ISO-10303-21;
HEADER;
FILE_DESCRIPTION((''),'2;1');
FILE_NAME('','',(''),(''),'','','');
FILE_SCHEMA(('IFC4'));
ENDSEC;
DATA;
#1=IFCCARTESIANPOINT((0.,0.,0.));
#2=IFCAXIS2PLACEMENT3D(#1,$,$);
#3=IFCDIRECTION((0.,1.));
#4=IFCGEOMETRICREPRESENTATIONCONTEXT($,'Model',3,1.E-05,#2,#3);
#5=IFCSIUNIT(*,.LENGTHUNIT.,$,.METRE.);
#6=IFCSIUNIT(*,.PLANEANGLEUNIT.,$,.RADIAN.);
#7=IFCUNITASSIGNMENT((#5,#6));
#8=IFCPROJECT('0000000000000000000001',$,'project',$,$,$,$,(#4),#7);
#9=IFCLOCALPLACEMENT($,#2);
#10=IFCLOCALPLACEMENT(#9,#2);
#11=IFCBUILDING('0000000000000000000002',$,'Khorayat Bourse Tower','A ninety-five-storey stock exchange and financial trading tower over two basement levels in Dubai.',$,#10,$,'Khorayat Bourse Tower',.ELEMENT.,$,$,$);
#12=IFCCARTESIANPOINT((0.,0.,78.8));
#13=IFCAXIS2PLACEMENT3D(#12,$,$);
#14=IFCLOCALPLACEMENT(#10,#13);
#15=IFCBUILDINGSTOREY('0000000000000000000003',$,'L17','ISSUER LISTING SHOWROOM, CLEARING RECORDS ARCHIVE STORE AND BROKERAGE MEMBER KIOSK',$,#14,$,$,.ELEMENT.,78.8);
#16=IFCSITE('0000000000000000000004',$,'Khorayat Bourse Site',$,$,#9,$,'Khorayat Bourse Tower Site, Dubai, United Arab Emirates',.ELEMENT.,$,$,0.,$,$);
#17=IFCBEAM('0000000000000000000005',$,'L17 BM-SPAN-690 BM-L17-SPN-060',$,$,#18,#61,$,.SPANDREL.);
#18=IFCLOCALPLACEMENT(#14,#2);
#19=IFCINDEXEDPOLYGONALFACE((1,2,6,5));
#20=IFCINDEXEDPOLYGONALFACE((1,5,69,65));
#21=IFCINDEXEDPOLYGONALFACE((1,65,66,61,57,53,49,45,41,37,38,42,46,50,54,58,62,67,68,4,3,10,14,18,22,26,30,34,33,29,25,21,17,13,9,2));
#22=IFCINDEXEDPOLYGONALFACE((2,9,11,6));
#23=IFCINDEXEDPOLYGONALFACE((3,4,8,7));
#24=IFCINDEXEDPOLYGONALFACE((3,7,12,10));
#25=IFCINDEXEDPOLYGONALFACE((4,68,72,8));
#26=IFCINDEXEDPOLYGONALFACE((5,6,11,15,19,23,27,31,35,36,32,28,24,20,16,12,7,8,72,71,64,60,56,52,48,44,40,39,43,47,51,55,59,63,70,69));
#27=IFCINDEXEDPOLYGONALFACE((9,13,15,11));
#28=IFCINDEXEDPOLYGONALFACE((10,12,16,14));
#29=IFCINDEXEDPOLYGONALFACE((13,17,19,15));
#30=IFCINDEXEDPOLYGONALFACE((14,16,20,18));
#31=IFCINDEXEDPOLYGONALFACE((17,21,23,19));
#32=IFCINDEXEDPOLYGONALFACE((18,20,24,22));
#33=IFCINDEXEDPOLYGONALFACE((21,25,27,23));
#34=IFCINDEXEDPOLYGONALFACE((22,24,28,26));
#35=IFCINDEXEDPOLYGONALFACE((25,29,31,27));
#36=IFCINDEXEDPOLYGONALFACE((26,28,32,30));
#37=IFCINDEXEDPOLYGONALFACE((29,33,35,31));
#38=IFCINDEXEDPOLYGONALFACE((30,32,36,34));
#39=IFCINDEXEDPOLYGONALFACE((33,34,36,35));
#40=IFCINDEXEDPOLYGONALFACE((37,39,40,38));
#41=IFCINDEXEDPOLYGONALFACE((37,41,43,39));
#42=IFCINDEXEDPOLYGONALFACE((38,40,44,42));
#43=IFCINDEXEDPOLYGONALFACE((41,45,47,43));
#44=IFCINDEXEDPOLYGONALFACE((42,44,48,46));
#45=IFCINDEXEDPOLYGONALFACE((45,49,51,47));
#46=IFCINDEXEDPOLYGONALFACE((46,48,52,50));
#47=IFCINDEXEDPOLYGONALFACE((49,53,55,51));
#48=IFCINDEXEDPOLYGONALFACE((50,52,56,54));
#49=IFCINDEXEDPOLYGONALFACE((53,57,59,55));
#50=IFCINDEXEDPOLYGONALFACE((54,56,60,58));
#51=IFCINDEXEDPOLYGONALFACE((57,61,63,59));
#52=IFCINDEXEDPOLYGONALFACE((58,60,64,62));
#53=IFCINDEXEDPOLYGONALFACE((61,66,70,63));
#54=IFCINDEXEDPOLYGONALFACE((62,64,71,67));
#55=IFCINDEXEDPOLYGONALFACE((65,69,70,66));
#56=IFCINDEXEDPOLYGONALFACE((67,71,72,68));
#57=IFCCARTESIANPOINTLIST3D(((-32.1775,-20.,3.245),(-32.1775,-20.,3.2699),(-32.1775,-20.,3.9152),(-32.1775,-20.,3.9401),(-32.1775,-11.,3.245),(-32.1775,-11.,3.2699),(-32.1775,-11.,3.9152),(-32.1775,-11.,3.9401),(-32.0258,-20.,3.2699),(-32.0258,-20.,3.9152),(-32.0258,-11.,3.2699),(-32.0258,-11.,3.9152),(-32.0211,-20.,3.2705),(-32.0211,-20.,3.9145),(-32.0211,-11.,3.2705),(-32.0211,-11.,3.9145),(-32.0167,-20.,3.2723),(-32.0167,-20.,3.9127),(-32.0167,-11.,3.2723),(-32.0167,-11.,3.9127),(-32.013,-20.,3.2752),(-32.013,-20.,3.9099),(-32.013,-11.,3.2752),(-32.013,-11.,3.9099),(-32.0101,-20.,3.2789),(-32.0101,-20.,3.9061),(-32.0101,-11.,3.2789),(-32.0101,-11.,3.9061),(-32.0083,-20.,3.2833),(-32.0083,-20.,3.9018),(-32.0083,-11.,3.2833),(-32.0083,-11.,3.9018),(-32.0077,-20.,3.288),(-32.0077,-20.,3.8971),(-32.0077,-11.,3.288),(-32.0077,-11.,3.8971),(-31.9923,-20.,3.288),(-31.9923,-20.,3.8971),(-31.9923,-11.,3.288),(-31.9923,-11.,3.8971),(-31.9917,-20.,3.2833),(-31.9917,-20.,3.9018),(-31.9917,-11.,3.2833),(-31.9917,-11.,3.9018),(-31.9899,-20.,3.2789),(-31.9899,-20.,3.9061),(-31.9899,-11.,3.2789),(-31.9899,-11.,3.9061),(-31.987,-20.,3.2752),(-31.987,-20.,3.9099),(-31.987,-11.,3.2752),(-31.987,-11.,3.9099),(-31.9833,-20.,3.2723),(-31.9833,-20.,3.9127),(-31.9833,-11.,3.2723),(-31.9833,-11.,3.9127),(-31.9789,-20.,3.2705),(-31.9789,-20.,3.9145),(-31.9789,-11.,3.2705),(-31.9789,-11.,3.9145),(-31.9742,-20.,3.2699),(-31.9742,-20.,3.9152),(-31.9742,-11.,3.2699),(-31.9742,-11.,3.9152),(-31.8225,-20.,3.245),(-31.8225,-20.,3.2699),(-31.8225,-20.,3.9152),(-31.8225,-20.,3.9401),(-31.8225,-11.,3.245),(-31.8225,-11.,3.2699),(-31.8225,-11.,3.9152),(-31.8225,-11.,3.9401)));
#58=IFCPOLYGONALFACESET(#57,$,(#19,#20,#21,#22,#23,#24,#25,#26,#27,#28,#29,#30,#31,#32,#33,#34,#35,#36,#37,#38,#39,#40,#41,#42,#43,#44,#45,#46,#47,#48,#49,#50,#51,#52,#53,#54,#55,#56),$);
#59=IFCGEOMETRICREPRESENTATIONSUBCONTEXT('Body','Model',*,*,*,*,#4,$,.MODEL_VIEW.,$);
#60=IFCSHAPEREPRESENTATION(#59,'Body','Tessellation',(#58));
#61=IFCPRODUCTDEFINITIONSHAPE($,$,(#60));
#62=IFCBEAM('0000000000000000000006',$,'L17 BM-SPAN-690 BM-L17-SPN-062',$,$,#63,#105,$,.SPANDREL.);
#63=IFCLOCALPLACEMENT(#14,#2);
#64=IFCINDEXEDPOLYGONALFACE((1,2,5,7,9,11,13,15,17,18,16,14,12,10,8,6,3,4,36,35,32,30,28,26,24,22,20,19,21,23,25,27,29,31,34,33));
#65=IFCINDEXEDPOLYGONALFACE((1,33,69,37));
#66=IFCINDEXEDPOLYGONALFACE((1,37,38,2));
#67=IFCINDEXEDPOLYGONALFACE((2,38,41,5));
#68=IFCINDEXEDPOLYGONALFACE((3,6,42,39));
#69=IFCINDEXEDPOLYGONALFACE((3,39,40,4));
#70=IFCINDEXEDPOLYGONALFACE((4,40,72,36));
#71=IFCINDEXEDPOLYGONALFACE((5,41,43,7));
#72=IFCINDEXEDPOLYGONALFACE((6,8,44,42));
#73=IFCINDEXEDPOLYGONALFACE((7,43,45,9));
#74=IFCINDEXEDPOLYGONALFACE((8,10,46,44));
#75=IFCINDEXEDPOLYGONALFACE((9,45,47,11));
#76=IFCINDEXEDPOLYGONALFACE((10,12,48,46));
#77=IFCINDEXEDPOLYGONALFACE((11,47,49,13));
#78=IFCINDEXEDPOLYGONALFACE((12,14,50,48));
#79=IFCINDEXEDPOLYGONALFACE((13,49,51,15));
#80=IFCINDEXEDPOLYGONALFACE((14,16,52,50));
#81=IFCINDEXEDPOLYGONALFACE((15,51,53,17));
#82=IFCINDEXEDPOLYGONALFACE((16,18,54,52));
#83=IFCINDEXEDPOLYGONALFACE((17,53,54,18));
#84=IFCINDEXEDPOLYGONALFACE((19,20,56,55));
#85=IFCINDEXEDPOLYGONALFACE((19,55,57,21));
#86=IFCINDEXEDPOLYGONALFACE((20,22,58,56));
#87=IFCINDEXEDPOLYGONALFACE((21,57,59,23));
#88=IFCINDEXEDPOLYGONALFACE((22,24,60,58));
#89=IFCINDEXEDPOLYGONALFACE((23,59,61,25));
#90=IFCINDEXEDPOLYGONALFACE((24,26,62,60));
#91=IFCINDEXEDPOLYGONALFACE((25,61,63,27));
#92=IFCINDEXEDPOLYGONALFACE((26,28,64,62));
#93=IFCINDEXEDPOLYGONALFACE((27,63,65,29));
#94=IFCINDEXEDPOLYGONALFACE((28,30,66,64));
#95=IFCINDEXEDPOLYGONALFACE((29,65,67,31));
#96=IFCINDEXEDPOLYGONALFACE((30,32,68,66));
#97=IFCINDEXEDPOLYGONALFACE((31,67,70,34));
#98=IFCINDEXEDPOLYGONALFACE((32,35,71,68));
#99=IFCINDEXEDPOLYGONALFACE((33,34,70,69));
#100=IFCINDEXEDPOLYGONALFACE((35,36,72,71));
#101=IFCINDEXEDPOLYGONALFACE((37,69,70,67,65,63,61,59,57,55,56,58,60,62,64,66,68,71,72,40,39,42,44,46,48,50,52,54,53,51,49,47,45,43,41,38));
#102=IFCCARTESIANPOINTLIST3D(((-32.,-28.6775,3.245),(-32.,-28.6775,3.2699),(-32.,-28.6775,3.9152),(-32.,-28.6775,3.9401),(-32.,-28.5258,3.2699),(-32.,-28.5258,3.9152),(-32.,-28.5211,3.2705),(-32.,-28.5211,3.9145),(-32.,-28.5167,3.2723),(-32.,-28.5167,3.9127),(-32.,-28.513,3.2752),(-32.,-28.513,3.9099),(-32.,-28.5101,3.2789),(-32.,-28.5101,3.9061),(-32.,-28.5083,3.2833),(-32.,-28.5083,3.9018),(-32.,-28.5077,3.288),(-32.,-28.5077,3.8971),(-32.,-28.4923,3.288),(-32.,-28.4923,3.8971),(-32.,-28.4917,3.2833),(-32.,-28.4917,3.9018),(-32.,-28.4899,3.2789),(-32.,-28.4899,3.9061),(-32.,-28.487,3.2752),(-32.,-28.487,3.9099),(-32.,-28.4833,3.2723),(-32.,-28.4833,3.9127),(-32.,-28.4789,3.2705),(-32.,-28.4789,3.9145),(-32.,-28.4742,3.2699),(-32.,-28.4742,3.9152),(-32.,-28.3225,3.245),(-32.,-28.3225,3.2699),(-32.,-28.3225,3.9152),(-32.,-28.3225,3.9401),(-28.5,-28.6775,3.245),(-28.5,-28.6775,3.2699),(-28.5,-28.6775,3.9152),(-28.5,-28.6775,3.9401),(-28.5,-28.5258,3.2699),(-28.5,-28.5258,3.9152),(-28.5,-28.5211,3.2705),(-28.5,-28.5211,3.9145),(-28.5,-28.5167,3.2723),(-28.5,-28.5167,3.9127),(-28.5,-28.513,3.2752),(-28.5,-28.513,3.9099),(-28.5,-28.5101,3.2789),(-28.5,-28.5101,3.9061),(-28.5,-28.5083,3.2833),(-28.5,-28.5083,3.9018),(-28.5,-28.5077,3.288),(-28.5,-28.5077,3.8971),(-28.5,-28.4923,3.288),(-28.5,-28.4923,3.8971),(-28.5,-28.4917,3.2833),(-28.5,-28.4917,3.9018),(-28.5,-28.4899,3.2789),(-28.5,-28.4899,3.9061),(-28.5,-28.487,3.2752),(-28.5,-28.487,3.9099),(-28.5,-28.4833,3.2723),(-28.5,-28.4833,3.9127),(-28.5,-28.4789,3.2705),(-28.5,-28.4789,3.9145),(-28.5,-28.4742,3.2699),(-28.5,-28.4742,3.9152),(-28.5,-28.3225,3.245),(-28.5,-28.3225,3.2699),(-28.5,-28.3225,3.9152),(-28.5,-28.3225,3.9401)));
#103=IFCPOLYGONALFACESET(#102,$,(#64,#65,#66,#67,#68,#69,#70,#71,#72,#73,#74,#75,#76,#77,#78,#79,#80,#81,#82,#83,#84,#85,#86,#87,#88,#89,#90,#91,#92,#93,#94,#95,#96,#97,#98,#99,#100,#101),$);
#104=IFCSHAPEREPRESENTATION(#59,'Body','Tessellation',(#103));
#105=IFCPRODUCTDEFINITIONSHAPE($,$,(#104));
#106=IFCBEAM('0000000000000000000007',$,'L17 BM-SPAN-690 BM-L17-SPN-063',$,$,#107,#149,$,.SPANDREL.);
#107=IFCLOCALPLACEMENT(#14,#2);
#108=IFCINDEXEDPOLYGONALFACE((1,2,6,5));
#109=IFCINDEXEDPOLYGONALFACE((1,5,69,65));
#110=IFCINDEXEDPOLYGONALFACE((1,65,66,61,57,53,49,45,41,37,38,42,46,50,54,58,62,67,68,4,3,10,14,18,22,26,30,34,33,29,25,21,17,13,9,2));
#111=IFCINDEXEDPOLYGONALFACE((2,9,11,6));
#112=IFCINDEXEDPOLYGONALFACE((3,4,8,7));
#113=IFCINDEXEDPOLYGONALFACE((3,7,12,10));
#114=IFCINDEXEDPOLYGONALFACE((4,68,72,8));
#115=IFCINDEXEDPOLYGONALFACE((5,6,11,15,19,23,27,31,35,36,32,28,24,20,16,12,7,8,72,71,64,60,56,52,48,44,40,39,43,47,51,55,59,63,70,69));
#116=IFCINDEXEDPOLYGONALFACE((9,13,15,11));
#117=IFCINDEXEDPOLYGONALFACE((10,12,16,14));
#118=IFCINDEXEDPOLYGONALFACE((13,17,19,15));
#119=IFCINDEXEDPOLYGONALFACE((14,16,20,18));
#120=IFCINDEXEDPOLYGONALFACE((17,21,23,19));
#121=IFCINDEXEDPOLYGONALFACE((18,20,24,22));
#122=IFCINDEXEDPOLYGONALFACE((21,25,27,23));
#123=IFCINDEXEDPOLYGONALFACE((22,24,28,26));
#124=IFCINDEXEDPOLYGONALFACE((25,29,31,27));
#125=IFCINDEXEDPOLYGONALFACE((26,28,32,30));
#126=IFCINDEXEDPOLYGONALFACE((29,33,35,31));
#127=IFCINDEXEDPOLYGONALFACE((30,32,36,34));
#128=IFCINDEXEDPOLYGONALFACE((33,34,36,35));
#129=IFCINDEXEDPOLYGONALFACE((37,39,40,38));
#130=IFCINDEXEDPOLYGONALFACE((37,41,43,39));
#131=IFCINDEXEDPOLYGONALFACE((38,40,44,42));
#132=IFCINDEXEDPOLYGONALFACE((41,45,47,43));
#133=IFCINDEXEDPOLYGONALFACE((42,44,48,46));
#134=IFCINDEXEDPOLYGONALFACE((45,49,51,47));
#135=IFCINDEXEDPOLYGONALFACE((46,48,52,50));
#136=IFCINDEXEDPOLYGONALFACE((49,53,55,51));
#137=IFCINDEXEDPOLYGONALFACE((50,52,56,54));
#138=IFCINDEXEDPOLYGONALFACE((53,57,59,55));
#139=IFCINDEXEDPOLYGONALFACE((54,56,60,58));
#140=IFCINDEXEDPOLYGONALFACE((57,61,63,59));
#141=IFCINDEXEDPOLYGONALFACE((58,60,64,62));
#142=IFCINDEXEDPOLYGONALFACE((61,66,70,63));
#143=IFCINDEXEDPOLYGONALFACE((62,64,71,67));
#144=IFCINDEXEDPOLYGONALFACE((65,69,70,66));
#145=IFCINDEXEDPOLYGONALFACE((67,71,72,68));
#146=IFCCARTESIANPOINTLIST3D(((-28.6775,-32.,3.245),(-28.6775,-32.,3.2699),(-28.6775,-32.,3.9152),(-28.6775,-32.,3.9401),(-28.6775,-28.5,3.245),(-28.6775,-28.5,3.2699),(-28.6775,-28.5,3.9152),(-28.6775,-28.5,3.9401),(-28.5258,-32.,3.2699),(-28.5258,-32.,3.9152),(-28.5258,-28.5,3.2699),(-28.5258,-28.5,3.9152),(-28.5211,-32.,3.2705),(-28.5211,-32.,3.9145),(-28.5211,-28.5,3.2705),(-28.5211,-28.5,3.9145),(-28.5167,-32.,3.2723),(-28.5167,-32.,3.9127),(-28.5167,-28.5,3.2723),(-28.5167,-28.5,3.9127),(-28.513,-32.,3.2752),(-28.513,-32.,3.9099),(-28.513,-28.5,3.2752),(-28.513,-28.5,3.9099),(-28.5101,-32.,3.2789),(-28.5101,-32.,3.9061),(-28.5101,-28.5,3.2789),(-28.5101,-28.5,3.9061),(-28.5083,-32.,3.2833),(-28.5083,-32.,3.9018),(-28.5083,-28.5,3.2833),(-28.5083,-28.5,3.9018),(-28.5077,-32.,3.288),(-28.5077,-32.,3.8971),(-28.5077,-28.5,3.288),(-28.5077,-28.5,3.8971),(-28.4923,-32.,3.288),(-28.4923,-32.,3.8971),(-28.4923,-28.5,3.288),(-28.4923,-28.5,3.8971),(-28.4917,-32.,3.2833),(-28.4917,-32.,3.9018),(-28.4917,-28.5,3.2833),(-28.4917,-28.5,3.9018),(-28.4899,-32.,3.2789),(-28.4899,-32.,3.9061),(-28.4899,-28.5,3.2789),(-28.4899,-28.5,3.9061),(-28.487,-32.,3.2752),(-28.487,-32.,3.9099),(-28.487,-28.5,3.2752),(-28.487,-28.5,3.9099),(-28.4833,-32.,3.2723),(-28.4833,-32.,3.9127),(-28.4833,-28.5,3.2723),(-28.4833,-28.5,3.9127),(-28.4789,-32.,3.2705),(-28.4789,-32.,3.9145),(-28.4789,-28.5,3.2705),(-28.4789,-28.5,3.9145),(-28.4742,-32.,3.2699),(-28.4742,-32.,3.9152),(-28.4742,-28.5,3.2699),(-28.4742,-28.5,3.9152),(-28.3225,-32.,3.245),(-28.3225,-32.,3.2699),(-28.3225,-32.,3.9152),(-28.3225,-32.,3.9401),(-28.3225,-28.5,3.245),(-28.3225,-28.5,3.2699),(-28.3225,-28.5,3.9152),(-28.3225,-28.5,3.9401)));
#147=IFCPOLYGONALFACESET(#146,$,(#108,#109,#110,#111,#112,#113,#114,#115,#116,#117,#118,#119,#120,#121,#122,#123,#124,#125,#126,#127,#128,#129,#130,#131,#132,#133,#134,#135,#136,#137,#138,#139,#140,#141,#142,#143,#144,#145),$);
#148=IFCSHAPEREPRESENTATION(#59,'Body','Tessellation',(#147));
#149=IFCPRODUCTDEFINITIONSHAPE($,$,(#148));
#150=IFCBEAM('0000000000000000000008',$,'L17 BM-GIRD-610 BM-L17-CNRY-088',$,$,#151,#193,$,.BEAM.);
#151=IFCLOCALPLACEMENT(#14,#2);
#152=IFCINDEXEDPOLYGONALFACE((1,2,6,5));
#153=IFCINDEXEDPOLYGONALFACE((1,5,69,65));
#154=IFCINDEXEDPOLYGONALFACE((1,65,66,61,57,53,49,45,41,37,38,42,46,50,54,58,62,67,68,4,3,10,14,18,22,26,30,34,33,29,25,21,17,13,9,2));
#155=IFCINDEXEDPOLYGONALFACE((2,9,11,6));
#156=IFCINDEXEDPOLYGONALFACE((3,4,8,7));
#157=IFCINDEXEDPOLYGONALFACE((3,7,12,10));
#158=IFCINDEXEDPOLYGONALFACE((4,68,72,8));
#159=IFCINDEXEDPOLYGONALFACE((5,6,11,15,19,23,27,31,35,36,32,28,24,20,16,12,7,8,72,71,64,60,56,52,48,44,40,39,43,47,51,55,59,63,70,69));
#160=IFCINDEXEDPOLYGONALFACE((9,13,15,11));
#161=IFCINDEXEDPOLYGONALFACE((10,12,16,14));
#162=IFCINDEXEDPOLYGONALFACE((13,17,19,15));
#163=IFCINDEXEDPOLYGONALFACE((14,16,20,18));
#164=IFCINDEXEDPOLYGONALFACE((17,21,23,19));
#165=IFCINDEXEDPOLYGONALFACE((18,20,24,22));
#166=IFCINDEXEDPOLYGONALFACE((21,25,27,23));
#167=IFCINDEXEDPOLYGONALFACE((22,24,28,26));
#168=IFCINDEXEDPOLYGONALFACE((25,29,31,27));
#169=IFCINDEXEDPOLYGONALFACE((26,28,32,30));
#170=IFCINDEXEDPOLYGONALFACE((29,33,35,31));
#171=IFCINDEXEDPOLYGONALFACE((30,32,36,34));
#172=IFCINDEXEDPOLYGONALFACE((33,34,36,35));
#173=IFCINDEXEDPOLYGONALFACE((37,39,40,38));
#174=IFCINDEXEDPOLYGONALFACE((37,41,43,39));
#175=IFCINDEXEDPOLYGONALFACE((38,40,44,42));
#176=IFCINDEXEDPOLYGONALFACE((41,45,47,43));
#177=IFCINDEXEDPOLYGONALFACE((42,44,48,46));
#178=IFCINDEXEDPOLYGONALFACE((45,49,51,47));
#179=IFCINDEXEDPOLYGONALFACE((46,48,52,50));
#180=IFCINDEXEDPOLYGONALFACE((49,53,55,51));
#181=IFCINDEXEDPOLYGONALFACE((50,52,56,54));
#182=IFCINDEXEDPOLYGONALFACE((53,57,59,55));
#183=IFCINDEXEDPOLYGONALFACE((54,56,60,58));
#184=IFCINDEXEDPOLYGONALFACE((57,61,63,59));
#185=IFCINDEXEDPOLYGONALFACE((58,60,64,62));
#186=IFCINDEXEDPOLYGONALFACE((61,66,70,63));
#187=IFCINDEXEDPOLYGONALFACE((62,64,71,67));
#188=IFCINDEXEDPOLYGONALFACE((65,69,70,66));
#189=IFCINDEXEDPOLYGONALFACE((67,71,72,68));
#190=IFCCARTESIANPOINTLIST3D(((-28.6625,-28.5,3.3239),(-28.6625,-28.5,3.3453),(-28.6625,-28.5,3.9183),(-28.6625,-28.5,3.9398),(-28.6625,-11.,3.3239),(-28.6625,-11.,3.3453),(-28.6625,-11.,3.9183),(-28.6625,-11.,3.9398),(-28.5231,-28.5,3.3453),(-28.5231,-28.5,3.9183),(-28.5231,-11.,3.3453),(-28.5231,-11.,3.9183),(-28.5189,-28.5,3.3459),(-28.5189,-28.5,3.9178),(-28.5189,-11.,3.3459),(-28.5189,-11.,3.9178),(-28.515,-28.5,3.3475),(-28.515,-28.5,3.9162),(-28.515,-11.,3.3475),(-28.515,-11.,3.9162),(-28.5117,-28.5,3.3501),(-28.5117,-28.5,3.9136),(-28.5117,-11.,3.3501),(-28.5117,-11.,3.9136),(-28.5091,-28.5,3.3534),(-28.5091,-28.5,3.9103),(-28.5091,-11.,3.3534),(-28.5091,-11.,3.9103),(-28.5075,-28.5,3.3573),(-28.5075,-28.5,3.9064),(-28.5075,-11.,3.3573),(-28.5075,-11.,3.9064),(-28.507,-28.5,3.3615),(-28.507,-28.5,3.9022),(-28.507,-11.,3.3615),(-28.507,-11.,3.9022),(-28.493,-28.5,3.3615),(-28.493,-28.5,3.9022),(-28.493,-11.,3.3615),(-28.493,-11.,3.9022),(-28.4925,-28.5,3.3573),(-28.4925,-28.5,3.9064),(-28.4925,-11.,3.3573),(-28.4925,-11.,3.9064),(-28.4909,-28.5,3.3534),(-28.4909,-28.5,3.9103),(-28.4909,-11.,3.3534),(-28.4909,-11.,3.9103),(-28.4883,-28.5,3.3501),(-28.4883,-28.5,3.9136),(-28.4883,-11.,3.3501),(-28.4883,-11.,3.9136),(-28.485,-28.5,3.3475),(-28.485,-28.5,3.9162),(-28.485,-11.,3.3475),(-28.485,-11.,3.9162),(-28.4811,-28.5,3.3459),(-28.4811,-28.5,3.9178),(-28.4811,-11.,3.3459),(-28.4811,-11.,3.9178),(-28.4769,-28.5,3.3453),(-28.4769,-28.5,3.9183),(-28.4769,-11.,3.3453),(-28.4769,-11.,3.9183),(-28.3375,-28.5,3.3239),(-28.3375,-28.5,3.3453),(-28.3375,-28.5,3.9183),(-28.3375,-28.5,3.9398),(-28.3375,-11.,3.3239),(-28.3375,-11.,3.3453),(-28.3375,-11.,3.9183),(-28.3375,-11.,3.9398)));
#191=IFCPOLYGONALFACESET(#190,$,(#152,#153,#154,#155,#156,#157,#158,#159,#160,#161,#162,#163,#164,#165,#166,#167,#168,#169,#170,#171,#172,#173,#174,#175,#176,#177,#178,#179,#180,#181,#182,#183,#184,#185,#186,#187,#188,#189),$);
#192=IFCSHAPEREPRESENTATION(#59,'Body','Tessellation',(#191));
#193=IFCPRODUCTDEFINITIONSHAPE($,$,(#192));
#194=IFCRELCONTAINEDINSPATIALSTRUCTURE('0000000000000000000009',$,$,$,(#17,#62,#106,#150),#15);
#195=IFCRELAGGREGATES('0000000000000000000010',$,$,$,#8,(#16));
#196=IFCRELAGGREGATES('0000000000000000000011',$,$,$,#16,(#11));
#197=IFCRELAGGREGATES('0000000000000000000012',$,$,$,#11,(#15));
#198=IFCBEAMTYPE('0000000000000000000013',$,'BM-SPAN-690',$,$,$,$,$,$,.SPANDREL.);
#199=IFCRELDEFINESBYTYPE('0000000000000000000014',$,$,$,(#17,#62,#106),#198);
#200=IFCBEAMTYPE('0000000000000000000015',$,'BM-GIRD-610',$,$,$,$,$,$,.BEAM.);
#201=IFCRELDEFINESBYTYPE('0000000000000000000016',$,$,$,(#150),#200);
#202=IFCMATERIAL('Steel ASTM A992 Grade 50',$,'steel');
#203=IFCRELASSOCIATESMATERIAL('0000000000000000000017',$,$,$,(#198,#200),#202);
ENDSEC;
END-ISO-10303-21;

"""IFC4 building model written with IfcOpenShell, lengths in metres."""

from ifc_helpers import new_model, si_unit, direction, frame, origin, origin_2d, place, context, subcontext, project, spatial, i_section, extrude, source, transform, mapped, material, material_profile, profile_set, type_object, element, save


model = new_model("IFC4")

# Units and contexts
model_context = context("Model", 3, precision=1e-05, world=origin(), true_north=direction((0.0, 1.0)))
body_context = subcontext(model_context, "Body", "Model", "MODEL_VIEW")
ifc_project = project(units=[si_unit("LENGTHUNIT", "METRE"), si_unit("PLANEANGLEUNIT", "RADIAN")], contexts=[model_context])

# Site, building, storey
site_placement = place(None, origin())
site = spatial("IfcSite", under=ifc_project, at=site_placement, Name="Khorayat Bourse Site", LongName="Khorayat Bourse Tower Site, Dubai, United Arab Emirates", CompositionType="ELEMENT", RefElevation=0.0)
building_placement = place(site_placement, origin())
building = spatial("IfcBuilding", under=site, at=building_placement, Name="Khorayat Bourse Tower", Description="A ninety-five-storey stock exchange and financial trading tower over two basement levels in Dubai.", LongName="Khorayat Bourse Tower", CompositionType="ELEMENT")
storey_placement = place(building_placement, frame((0.0, 0.0, 78.8)))
storey = spatial("IfcBuildingStorey", under=building, at=storey_placement, Name="L17", Description="ISSUER LISTING SHOWROOM, CLEARING RECORDS ARCHIVE STORE AND BROKERAGE MEMBER KIOSK", CompositionType="ELEMENT", Elevation=78.8)

# Beams
ifc_material_1 = material(Name="Steel ASTM A992 Grade 50", Category="steel")
ifc_material_profile_1 = material_profile(ifc_material_1, i_section(OverallWidth=0.355, OverallDepth=0.6951, WebThickness=0.0154, FlangeThickness=0.0249, FilletRadius=0.0181, at=origin_2d()), Name="W690X217")
ifc_profile_set_1 = profile_set([ifc_material_profile_1], Name="Steel ASTM A992 Grade 50")
beam_type_1 = type_object("IfcBeamType", Name="BM-SPAN-690", PredefinedType="SPANDREL", material=ifc_profile_set_1)
shared_shape_1 = source(origin(), body_context, "Body", "SweptSolid", [
    extrude(i_section(OverallWidth=0.355, OverallDepth=0.6951, WebThickness=0.0154, FlangeThickness=0.0249, FilletRadius=0.0181, at=origin_2d()), origin(), (0.0, 0.0, 1.0), 9.0),
])
beam_1_placement = place(storey_placement, frame((-32.0, -20.0, 3.5925), z_axis=(0.0, 1.0, 0.0), x_axis=(-1.0, 0.0, 0.0)))
element("IfcBeam", 1, at=beam_1_placement, inside=storey, type_object=beam_type_1, Name="L17 BM-SPAN-690 BM-L17-SPN-060", PredefinedType="SPANDREL", context=body_context, shape_type="MappedRepresentation", body=[
    mapped(shared_shape_1, transform((0.0, 0.0, 0.0), scale=1.0)),
])
shared_shape_2 = source(origin(), body_context, "Body", "SweptSolid", [
    extrude(i_section(OverallWidth=0.355, OverallDepth=0.6951, WebThickness=0.0154, FlangeThickness=0.0249, FilletRadius=0.0181, at=origin_2d()), origin(), (0.0, 0.0, 1.0), 3.5),
])
for number, where, z_axis, x_axis, name in (
    (2, (-32.0, -28.5, 3.5925), (1.0, 0.0, 0.0), (0.0, 1.0, 0.0), "L17 BM-SPAN-690 BM-L17-SPN-062"),
    (3, (-28.5, -32.0, 3.5925), (0.0, 1.0, 0.0), (-1.0, 0.0, 0.0), "L17 BM-SPAN-690 BM-L17-SPN-063"),
):
    element("IfcBeam", number, at=place(storey_placement, frame(where, z_axis=z_axis, x_axis=x_axis)), inside=storey, type_object=beam_type_1, Name=name, PredefinedType="SPANDREL", context=body_context, shape_type="MappedRepresentation", body=[
        mapped(shared_shape_2, transform((0.0, 0.0, 0.0), scale=1.0)),
    ])
ifc_material_profile_2 = material_profile(ifc_material_1, i_section(OverallWidth=0.325, OverallDepth=0.616, WebThickness=0.0139, FlangeThickness=0.0215, FilletRadius=0.0161, at=origin_2d()), Name="W610X174")
ifc_profile_set_2 = profile_set([ifc_material_profile_2], Name="Steel ASTM A992 Grade 50")
beam_type_2 = type_object("IfcBeamType", Name="BM-GIRD-610", PredefinedType="BEAM", material=ifc_profile_set_2)
shared_shape_3 = source(origin(), body_context, "Body", "SweptSolid", [
    extrude(i_section(OverallWidth=0.325, OverallDepth=0.616, WebThickness=0.0139, FlangeThickness=0.0215, FilletRadius=0.0161, at=origin_2d()), origin(), (0.0, 0.0, 1.0), 17.5),
])
beam_2_placement = place(storey_placement, frame((-28.5, -28.5, 3.6318), z_axis=(0.0, 1.0, 0.0), x_axis=(-1.0, 0.0, 0.0)))
element("IfcBeam", 4, at=beam_2_placement, inside=storey, type_object=beam_type_2, Name="L17 BM-GIRD-610 BM-L17-CNRY-088", PredefinedType="BEAM", context=body_context, shape_type="MappedRepresentation", body=[
    mapped(shared_shape_3, transform((0.0, 0.0, 0.0), scale=1.0)),
])

save(model, "model.ifc")
